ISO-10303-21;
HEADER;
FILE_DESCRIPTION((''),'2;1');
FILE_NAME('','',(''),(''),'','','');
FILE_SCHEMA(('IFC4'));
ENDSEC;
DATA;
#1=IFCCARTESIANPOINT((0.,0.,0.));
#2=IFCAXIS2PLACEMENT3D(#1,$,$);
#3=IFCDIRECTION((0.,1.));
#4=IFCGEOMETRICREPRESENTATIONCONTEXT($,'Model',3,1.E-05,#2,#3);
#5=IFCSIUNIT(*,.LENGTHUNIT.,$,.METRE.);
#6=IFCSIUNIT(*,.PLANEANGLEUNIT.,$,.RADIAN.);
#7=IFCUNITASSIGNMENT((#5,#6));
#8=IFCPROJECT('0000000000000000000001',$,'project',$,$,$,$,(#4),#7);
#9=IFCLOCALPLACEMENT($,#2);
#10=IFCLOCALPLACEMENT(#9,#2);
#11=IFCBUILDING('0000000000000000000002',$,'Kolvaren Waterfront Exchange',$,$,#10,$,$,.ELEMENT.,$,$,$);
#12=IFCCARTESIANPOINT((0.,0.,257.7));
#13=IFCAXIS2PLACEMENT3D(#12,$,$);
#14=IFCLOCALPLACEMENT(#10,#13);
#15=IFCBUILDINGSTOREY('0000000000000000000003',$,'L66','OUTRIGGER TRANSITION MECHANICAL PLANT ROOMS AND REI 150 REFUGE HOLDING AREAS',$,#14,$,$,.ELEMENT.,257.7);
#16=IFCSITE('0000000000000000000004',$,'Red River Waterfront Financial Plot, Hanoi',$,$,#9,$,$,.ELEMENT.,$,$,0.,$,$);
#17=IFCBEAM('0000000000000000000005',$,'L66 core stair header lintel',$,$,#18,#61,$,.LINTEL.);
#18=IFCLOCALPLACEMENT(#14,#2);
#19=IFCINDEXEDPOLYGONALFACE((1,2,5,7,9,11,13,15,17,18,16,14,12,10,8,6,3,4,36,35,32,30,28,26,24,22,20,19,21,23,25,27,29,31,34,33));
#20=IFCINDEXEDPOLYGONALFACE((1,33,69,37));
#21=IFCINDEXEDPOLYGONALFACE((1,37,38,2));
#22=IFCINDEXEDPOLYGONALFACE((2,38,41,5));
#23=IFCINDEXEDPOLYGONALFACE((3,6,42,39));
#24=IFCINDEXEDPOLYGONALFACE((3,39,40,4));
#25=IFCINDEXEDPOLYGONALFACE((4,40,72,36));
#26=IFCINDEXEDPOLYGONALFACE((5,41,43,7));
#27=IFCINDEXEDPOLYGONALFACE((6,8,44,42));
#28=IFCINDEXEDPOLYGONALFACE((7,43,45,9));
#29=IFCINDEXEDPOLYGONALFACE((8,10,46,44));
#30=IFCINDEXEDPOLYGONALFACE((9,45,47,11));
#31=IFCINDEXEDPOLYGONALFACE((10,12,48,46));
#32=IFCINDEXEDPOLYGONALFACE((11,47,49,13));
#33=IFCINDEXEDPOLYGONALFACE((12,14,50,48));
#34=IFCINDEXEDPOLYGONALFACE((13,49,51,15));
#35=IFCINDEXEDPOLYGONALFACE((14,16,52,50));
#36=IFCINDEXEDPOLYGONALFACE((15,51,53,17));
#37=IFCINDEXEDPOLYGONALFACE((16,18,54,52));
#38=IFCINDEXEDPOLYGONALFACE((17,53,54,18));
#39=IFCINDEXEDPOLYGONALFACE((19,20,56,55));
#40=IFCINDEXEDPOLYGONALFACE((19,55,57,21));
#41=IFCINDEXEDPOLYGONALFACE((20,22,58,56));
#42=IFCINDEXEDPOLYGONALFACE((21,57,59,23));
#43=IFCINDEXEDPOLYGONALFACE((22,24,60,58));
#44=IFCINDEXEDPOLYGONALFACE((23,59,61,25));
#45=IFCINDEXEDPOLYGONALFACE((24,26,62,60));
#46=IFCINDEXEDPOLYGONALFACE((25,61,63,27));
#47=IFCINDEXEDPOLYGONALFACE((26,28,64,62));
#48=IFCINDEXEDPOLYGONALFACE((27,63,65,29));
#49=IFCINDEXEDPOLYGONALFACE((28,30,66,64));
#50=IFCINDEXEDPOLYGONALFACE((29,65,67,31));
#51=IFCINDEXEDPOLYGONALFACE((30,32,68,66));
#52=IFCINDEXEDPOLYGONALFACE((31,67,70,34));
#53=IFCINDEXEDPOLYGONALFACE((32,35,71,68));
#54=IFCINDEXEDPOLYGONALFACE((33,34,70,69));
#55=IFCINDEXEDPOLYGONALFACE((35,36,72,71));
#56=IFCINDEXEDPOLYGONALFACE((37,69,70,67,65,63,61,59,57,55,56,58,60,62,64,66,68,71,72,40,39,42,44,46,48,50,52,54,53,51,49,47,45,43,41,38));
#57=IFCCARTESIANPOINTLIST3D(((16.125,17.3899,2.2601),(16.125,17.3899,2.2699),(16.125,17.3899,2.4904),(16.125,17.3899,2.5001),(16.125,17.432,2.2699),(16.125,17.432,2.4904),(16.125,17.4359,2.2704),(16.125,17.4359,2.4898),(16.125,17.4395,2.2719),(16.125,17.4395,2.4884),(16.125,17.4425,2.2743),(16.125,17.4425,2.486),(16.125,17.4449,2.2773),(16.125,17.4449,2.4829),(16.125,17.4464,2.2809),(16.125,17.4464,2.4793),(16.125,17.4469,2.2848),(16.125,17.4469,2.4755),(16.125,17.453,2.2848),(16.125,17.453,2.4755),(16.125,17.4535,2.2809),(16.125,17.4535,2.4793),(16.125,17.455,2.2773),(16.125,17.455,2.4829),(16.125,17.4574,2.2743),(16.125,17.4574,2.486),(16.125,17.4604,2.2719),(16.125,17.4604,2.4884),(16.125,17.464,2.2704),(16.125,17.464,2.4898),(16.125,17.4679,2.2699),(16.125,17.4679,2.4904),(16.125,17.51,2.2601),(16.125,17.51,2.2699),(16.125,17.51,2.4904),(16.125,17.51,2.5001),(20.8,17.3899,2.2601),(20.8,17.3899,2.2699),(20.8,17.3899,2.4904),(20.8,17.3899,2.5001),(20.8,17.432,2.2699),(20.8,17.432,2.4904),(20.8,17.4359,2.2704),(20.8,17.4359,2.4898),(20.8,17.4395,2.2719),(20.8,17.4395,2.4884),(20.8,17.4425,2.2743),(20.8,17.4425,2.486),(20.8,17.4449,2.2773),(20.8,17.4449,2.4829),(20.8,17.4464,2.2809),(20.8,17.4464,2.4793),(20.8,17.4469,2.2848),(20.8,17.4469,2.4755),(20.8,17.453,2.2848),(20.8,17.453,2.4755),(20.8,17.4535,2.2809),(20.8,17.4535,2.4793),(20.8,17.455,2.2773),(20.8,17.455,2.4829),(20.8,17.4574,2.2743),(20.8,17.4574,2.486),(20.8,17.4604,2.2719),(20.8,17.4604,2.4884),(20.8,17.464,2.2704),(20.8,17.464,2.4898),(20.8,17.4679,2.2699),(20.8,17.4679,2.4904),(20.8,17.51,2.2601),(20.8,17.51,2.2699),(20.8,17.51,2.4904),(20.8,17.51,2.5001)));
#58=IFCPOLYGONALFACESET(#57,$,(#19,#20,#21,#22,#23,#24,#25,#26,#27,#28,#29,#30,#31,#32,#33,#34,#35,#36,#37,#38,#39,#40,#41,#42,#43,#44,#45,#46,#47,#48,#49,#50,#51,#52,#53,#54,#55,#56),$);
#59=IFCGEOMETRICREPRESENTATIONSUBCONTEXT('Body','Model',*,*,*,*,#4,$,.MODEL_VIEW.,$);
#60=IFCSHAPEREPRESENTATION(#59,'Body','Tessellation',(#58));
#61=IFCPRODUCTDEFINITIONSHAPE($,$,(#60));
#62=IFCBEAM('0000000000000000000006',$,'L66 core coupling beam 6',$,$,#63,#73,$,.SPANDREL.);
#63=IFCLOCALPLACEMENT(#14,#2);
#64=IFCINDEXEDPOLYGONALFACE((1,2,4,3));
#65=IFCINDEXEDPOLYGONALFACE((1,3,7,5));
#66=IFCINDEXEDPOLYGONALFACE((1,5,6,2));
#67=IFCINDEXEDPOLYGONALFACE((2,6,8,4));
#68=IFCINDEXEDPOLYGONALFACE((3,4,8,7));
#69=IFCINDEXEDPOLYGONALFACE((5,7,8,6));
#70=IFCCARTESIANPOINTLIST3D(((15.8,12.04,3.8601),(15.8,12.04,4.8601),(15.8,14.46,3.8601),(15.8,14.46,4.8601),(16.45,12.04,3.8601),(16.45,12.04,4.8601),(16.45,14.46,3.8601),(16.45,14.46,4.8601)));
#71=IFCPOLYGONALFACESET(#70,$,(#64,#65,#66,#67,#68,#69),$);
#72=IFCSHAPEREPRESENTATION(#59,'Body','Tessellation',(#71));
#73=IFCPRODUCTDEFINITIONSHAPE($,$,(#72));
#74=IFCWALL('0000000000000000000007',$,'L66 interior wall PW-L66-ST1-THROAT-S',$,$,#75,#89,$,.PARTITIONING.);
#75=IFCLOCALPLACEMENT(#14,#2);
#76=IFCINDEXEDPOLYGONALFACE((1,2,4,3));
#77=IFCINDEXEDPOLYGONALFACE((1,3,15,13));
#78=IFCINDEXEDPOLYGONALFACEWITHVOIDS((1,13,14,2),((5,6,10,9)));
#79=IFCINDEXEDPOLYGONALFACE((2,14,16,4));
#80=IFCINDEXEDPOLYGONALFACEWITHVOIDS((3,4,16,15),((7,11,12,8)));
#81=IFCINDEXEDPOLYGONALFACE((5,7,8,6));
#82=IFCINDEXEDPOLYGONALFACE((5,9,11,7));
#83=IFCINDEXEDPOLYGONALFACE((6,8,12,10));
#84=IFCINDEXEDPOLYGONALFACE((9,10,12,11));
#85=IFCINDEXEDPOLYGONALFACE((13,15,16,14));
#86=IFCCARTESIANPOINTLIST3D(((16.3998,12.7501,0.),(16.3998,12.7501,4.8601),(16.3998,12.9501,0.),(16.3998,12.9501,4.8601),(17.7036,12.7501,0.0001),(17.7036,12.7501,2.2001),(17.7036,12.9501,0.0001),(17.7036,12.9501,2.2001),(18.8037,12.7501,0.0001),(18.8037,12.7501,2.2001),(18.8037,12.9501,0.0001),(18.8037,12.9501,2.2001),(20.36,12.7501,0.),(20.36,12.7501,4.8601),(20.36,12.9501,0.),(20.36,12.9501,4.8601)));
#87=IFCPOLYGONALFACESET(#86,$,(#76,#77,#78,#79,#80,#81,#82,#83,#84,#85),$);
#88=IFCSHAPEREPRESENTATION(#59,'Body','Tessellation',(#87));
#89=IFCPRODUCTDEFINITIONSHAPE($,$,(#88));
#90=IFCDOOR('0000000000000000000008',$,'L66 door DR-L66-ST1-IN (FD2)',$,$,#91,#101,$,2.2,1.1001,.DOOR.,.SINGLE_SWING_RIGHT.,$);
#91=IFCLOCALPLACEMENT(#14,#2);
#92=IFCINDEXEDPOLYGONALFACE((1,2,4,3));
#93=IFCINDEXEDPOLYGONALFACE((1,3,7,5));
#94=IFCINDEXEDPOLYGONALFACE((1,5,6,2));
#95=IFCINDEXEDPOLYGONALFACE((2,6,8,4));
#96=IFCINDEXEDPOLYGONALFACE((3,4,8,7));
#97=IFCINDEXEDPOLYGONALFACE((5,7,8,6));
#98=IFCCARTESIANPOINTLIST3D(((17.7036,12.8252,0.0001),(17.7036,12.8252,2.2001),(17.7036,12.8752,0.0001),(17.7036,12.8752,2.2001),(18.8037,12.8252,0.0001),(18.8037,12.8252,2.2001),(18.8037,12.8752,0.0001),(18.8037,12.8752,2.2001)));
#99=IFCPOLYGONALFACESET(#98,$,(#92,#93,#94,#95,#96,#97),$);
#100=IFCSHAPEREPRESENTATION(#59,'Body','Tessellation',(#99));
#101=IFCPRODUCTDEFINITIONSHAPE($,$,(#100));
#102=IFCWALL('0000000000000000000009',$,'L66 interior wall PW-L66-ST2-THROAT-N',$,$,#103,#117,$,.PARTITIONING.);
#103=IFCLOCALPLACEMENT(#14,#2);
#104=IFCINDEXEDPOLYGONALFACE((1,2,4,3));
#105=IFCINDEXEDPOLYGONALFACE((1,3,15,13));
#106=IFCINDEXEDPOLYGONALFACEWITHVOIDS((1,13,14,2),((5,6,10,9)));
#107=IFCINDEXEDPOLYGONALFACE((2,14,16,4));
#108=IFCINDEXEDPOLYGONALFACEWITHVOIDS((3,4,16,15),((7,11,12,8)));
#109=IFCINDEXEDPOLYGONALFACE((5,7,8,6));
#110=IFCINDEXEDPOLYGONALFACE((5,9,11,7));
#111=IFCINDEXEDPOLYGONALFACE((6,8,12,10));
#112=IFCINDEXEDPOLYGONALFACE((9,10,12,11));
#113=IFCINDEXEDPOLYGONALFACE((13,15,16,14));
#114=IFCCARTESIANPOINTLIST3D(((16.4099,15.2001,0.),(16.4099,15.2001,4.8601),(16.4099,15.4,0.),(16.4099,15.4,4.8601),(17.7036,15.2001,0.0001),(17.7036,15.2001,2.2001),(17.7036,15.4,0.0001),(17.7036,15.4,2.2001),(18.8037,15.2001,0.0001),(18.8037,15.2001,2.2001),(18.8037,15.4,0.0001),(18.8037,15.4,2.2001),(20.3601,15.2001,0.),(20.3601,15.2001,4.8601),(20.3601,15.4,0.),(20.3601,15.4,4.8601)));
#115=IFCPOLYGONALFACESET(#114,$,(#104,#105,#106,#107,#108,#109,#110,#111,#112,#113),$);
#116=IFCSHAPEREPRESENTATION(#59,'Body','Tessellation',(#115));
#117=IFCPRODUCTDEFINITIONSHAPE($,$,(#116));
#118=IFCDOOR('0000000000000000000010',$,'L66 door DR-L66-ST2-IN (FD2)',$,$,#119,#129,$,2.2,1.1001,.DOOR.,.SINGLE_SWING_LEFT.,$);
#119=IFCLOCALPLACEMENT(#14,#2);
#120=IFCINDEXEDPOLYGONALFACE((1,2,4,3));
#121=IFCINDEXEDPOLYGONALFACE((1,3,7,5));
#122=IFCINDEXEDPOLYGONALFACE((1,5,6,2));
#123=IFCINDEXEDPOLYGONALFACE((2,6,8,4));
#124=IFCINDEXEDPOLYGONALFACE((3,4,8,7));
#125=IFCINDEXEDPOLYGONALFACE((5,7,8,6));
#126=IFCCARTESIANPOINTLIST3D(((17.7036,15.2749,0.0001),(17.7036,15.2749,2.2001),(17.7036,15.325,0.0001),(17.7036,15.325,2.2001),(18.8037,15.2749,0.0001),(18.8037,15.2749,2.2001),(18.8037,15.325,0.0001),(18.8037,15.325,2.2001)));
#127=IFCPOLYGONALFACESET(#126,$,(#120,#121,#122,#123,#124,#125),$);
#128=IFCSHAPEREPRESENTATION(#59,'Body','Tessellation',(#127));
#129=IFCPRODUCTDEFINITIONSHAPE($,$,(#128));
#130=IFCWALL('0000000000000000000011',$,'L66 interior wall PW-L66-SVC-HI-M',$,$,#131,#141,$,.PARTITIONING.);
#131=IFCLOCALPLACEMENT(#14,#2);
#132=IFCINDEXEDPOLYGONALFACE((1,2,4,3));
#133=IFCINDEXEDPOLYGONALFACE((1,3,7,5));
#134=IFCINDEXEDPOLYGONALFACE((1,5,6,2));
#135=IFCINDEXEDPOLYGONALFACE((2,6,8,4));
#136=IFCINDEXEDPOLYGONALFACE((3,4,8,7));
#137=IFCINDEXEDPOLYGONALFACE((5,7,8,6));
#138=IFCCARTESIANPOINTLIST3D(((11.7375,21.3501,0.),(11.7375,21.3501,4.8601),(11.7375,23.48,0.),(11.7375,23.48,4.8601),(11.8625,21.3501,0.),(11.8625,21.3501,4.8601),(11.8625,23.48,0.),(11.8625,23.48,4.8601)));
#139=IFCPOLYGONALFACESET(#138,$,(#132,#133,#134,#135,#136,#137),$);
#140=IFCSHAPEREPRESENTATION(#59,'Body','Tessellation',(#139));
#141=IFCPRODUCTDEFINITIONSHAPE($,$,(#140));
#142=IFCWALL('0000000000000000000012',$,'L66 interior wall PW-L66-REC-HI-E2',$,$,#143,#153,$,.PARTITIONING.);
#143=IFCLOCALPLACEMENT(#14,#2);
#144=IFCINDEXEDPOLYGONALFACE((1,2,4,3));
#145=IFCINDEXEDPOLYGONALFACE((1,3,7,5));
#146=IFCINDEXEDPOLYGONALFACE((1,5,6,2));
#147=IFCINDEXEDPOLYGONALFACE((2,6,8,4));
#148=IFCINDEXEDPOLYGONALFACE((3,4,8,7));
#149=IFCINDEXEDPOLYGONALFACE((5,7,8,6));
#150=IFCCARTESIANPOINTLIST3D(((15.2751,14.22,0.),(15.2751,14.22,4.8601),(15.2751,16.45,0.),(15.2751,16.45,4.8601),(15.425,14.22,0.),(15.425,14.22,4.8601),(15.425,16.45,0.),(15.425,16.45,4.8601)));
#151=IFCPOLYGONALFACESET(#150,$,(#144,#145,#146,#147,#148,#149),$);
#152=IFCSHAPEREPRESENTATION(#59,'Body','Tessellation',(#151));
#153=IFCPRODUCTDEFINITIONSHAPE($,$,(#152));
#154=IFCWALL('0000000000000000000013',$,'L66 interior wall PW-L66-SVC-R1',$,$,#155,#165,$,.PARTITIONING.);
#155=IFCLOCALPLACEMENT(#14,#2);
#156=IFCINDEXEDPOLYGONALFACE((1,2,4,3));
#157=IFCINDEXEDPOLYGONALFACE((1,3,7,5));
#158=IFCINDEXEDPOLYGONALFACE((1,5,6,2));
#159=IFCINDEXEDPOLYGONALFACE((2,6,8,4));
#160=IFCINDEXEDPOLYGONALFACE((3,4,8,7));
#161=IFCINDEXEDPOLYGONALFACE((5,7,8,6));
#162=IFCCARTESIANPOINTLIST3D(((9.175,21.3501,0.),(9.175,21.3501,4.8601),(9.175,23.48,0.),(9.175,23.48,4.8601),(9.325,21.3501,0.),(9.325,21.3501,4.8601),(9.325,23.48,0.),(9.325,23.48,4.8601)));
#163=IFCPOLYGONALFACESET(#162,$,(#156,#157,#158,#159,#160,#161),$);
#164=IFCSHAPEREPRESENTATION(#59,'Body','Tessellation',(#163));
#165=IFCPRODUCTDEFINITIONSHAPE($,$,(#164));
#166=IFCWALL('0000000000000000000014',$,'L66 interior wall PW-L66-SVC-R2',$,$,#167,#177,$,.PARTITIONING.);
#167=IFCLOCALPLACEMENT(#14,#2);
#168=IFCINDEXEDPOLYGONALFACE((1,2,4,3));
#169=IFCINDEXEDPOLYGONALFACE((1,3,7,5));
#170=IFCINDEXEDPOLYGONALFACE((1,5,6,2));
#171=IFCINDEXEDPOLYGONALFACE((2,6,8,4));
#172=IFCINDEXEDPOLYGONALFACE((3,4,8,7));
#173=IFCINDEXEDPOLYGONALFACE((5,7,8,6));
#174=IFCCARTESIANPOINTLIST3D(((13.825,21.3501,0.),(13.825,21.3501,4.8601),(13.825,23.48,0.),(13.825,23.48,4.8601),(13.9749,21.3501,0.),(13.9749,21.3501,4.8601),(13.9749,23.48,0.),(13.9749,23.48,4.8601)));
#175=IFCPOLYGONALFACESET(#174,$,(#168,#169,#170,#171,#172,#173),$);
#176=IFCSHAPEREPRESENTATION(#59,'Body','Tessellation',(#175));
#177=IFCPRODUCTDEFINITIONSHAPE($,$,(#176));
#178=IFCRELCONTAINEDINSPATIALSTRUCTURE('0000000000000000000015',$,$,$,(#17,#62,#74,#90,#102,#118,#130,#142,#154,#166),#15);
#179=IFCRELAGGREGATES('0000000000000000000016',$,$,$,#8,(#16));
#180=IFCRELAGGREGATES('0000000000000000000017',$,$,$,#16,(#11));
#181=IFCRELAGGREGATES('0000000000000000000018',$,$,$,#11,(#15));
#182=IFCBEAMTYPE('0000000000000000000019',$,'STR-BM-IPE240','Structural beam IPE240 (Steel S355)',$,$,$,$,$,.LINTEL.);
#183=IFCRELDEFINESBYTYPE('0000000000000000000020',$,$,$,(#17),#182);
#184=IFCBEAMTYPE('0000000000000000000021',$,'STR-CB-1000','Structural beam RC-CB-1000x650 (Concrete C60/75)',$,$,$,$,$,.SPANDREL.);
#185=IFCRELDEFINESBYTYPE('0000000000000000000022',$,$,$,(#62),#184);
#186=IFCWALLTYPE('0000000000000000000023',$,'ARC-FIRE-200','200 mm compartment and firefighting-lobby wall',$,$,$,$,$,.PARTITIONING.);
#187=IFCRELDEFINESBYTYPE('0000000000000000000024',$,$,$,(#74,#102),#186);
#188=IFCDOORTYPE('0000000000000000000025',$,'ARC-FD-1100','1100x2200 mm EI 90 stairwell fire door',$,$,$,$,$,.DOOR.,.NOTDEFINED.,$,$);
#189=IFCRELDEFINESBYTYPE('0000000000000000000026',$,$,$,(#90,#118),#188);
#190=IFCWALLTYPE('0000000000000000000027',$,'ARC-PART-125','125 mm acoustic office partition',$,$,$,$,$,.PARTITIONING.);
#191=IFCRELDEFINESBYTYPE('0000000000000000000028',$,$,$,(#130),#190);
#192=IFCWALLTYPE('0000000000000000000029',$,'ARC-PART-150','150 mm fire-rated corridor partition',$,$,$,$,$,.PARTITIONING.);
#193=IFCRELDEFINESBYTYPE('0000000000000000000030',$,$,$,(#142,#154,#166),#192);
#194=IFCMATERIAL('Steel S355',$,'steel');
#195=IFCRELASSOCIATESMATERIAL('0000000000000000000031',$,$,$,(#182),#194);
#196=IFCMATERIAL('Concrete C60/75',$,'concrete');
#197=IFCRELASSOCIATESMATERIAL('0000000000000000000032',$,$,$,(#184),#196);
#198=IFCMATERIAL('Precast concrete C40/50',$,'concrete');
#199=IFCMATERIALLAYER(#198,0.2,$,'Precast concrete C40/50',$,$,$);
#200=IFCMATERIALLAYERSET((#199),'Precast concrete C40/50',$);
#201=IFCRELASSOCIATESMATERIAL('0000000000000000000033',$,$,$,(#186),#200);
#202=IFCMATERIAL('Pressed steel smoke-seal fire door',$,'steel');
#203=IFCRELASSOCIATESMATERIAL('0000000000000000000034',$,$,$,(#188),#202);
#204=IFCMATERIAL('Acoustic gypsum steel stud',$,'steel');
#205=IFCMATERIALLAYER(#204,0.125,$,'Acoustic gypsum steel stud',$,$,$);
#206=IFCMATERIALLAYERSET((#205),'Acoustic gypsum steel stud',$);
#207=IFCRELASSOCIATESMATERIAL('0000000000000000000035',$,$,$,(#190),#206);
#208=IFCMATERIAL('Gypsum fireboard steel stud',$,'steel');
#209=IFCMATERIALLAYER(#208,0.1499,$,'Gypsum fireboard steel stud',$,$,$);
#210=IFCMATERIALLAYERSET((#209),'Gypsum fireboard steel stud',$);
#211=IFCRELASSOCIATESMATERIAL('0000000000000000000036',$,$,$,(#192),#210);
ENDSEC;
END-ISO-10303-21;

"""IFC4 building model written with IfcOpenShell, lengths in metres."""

from ifc_helpers import new_model, si_unit, direction, frame, frame_2d, origin, origin_2d, place, context, subcontext, project, spatial, rectangle, i_section, extrude, material, layer, layer_set, material_profile, profile_set, type_object, element, fill, save


model = new_model("IFC4")

# Units and contexts
model_context = context("Model", 3, precision=1e-05, world=origin(), true_north=direction((0.0, 1.0)))
body_context = subcontext(model_context, "Body", "Model", "MODEL_VIEW")
ifc_project = project(units=[si_unit("LENGTHUNIT", "METRE"), si_unit("PLANEANGLEUNIT", "RADIAN")], contexts=[model_context])

# Site, building, storey
site_placement = place(None, origin())
site = spatial("IfcSite", under=ifc_project, at=site_placement, Name="Red River Waterfront Financial Plot, Hanoi", CompositionType="ELEMENT", RefElevation=0.0)
building_placement = place(site_placement, origin())
building = spatial("IfcBuilding", under=site, at=building_placement, Name="Kolvaren Waterfront Exchange", CompositionType="ELEMENT")
storey_placement = place(building_placement, frame((0.0, 0.0, 257.7)))
storey = spatial("IfcBuildingStorey", under=building, at=storey_placement, Name="L66", Description="OUTRIGGER TRANSITION MECHANICAL PLANT ROOMS AND REI 150 REFUGE HOLDING AREAS", CompositionType="ELEMENT", Elevation=257.7)

# Beams
ifc_material_1 = material(Name="Steel S355", Category="steel")
ifc_material_profile_1 = material_profile(ifc_material_1, i_section(OverallWidth=0.1201, OverallDepth=0.24, WebThickness=0.0061, FlangeThickness=0.0098, FilletRadius=0.0149, at=origin_2d()), Name="IPE240")
ifc_profile_set_1 = profile_set([ifc_material_profile_1], Name="Steel S355")
beam_type_1 = type_object("IfcBeamType", Name="STR-BM-IPE240", Description="Structural beam IPE240 (Steel S355)", PredefinedType="LINTEL", material=ifc_profile_set_1)
beam_1_placement = place(storey_placement, frame((16.125, 17.45, 2.3801), z_axis=(1.0, 0.0, 0.0), x_axis=(0.0, 1.0, 0.0)))
element("IfcBeam", 1, at=beam_1_placement, inside=storey, type_object=beam_type_1, Name="L66 core stair header lintel", PredefinedType="LINTEL", context=body_context, shape_type="SweptSolid", body=[
    extrude(i_section(OverallWidth=0.1201, OverallDepth=0.24, WebThickness=0.0061, FlangeThickness=0.0098, FilletRadius=0.0149, at=origin_2d()), origin(), (0.0, 0.0, 1.0), 4.675),
])
ifc_material_2 = material(Name="Concrete C60/75", Category="concrete")
ifc_material_profile_2 = material_profile(ifc_material_2, rectangle(XDim=0.6499, YDim=1.0, at=origin_2d()), Name="RC-CB-1000x650")
ifc_profile_set_2 = profile_set([ifc_material_profile_2], Name="Concrete C60/75")
beam_type_2 = type_object("IfcBeamType", Name="STR-CB-1000", Description="Structural beam RC-CB-1000x650 (Concrete C60/75)", PredefinedType="SPANDREL", material=ifc_profile_set_2)
beam_2_placement = place(storey_placement, frame((16.125, 12.04, 4.3601), z_axis=(0.0, 1.0, 0.0), x_axis=(-1.0, 0.0, 0.0)))
element("IfcBeam", 2, at=beam_2_placement, inside=storey, type_object=beam_type_2, Name="L66 core coupling beam 6", PredefinedType="SPANDREL", context=body_context, shape_type="SweptSolid", body=[
    extrude(rectangle(XDim=0.6499, YDim=1.0, at=origin_2d()), origin(), (0.0, 0.0, 1.0), 2.4199),
])

# Walls, openings, doors
ifc_material_3 = material(Name="Precast concrete C40/50", Category="concrete")
ifc_layer_1 = layer(ifc_material_3, 0.2, Name="Precast concrete C40/50")
ifc_layer_set_1 = layer_set([ifc_layer_1], Name="Precast concrete C40/50")
wall_type_1 = type_object("IfcWallType", Name="ARC-FIRE-200", Description="200 mm compartment and firefighting-lobby wall", PredefinedType="PARTITIONING", material=ifc_layer_set_1)
wall_1_placement = place(storey_placement, frame((16.3999, 12.8501, 0.0), z_axis=(0.0, 0.0, 1.0), x_axis=(1.0, 0.0, 0.0)))
wall_1 = element("IfcWall", 3, at=wall_1_placement, inside=storey, type_object=wall_type_1, Name="L66 interior wall PW-L66-ST1-THROAT-S", PredefinedType="PARTITIONING", context=body_context, shape_type="SweptSolid", body=[
    extrude(rectangle(XDim=3.9602, YDim=0.2, at=frame_2d((1.98, 0.0))), origin(), (0.0, 0.0, 1.0), 4.8601),
])
opening_1_placement = place(wall_1_placement, frame((1.3037, 0.0, 0.0)))
opening_1 = element("IfcOpeningElement", 4, at=opening_1_placement, cuts=wall_1, PredefinedType="OPENING", context=body_context, shape_type="SweptSolid", body=[
    extrude(rectangle(XDim=1.1001, YDim=2.2, at=frame_2d((0.55, 1.1001))), frame((0.0, 0.1099, 0.0), z_axis=(0.0, -1.0, 0.0), x_axis=(1.0, 0.0, 0.0)), (0.0, 0.0, 1.0), 0.22),
])
ifc_material_4 = material(Name="Pressed steel smoke-seal fire door", Category="steel")
door_type_1 = type_object("IfcDoorType", Name="ARC-FD-1100", Description="1100x2200 mm EI 90 stairwell fire door", OperationType="NOTDEFINED", PredefinedType="DOOR", material=ifc_material_4)
door_1_placement = place(opening_1_placement, frame((1.1001, 0.0, 0.0), z_axis=(0.0, 0.0, 1.0), x_axis=(-1.0, 0.0, 0.0)))
door_1 = element("IfcDoor", 5, at=door_1_placement, inside=storey, type_object=door_type_1, Name="L66 door DR-L66-ST1-IN (FD2)", OperationType="SINGLE_SWING_RIGHT", OverallHeight=2.2, OverallWidth=1.1001, PredefinedType="DOOR", context=body_context, shape_type="SweptSolid", body=[
    extrude(rectangle(XDim=1.1001, YDim=2.2, at=frame_2d((0.55, 1.1001))), frame((0.0, 0.0249, 0.0), z_axis=(0.0, -1.0, 0.0), x_axis=(1.0, 0.0, 0.0)), (0.0, 0.0, 1.0), 0.05),
])
fill(opening_1, door_1)
wall_2_placement = place(storey_placement, frame((16.4099, 15.3, 0.0), z_axis=(0.0, 0.0, 1.0), x_axis=(1.0, 0.0, 0.0)))
wall_2 = element("IfcWall", 6, at=wall_2_placement, inside=storey, type_object=wall_type_1, Name="L66 interior wall PW-L66-ST2-THROAT-N", PredefinedType="PARTITIONING", context=body_context, shape_type="SweptSolid", body=[
    extrude(rectangle(XDim=3.9502, YDim=0.2, at=frame_2d((1.9751, 0.0))), origin(), (0.0, 0.0, 1.0), 4.8601),
])
opening_2_placement = place(wall_2_placement, frame((1.2937, 0.0, 0.0)))
opening_2 = element("IfcOpeningElement", 7, at=opening_2_placement, cuts=wall_2, PredefinedType="OPENING", context=body_context, shape_type="SweptSolid", body=[
    extrude(rectangle(XDim=1.1001, YDim=2.2, at=frame_2d((0.55, 1.1001))), frame((0.0, 0.1099, 0.0), z_axis=(0.0, -1.0, 0.0), x_axis=(1.0, 0.0, 0.0)), (0.0, 0.0, 1.0), 0.22),
])
door_2_placement = place(opening_2_placement, origin())
door_2 = element("IfcDoor", 8, at=door_2_placement, inside=storey, type_object=door_type_1, Name="L66 door DR-L66-ST2-IN (FD2)", OperationType="SINGLE_SWING_LEFT", OverallHeight=2.2, OverallWidth=1.1001, PredefinedType="DOOR", context=body_context, shape_type="SweptSolid", body=[
    extrude(rectangle(XDim=1.1001, YDim=2.2, at=frame_2d((0.55, 1.1001))), frame((0.0, 0.0249, 0.0), z_axis=(0.0, -1.0, 0.0), x_axis=(1.0, 0.0, 0.0)), (0.0, 0.0, 1.0), 0.05),
])
fill(opening_2, door_2)

# Shared definitions
ifc_material_5 = material(Name="Acoustic gypsum steel stud", Category="steel")
ifc_layer_2 = layer(ifc_material_5, 0.125, Name="Acoustic gypsum steel stud")
ifc_layer_set_2 = layer_set([ifc_layer_2], Name="Acoustic gypsum steel stud")
wall_type_2 = type_object("IfcWallType", Name="ARC-PART-125", Description="125 mm acoustic office partition", PredefinedType="PARTITIONING", material=ifc_layer_set_2)

# Walls
wall_3_placement = place(storey_placement, frame((11.8, 21.3501, 0.0), z_axis=(0.0, 0.0, 1.0), x_axis=(0.0, 1.0, 0.0)))
element("IfcWall", 9, at=wall_3_placement, inside=storey, type_object=wall_type_2, Name="L66 interior wall PW-L66-SVC-HI-M", PredefinedType="PARTITIONING", context=body_context, shape_type="SweptSolid", body=[
    extrude(rectangle(XDim=2.1299, YDim=0.125, at=frame_2d((1.0649, 0.0))), origin(), (0.0, 0.0, 1.0), 4.8601),
])
ifc_material_6 = material(Name="Gypsum fireboard steel stud", Category="steel")
ifc_layer_3 = layer(ifc_material_6, 0.1499, Name="Gypsum fireboard steel stud")
ifc_layer_set_3 = layer_set([ifc_layer_3], Name="Gypsum fireboard steel stud")
wall_type_3 = type_object("IfcWallType", Name="ARC-PART-150", Description="150 mm fire-rated corridor partition", PredefinedType="PARTITIONING", material=ifc_layer_set_3)
wall_4_placement = place(storey_placement, frame((15.3501, 14.22, 0.0), z_axis=(0.0, 0.0, 1.0), x_axis=(0.0, 1.0, 0.0)))
element("IfcWall", 10, at=wall_4_placement, inside=storey, type_object=wall_type_3, Name="L66 interior wall PW-L66-REC-HI-E2", PredefinedType="PARTITIONING", context=body_context, shape_type="SweptSolid", body=[
    extrude(rectangle(XDim=2.23, YDim=0.1499, at=frame_2d((1.115, 0.0))), origin(), (0.0, 0.0, 1.0), 4.8601),
])
for number, where, z_axis, x_axis, name in (
    (11, (9.25, 21.3501, 0.0), (0.0, 0.0, 1.0), (0.0, 1.0, 0.0), "L66 interior wall PW-L66-SVC-R1"),
    (12, (13.8999, 21.3501, 0.0), (0.0, 0.0, 1.0), (0.0, 1.0, 0.0), "L66 interior wall PW-L66-SVC-R2"),
):
    element("IfcWall", number, at=place(storey_placement, frame(where, z_axis=z_axis, x_axis=x_axis)), inside=storey, type_object=wall_type_3, Name=name, PredefinedType="PARTITIONING", context=body_context, shape_type="SweptSolid", body=[
        extrude(rectangle(XDim=2.1299, YDim=0.1499, at=frame_2d((1.0649, 0.0))), origin(), (0.0, 0.0, 1.0), 4.8601),
    ])

save(model, "model.ifc")
